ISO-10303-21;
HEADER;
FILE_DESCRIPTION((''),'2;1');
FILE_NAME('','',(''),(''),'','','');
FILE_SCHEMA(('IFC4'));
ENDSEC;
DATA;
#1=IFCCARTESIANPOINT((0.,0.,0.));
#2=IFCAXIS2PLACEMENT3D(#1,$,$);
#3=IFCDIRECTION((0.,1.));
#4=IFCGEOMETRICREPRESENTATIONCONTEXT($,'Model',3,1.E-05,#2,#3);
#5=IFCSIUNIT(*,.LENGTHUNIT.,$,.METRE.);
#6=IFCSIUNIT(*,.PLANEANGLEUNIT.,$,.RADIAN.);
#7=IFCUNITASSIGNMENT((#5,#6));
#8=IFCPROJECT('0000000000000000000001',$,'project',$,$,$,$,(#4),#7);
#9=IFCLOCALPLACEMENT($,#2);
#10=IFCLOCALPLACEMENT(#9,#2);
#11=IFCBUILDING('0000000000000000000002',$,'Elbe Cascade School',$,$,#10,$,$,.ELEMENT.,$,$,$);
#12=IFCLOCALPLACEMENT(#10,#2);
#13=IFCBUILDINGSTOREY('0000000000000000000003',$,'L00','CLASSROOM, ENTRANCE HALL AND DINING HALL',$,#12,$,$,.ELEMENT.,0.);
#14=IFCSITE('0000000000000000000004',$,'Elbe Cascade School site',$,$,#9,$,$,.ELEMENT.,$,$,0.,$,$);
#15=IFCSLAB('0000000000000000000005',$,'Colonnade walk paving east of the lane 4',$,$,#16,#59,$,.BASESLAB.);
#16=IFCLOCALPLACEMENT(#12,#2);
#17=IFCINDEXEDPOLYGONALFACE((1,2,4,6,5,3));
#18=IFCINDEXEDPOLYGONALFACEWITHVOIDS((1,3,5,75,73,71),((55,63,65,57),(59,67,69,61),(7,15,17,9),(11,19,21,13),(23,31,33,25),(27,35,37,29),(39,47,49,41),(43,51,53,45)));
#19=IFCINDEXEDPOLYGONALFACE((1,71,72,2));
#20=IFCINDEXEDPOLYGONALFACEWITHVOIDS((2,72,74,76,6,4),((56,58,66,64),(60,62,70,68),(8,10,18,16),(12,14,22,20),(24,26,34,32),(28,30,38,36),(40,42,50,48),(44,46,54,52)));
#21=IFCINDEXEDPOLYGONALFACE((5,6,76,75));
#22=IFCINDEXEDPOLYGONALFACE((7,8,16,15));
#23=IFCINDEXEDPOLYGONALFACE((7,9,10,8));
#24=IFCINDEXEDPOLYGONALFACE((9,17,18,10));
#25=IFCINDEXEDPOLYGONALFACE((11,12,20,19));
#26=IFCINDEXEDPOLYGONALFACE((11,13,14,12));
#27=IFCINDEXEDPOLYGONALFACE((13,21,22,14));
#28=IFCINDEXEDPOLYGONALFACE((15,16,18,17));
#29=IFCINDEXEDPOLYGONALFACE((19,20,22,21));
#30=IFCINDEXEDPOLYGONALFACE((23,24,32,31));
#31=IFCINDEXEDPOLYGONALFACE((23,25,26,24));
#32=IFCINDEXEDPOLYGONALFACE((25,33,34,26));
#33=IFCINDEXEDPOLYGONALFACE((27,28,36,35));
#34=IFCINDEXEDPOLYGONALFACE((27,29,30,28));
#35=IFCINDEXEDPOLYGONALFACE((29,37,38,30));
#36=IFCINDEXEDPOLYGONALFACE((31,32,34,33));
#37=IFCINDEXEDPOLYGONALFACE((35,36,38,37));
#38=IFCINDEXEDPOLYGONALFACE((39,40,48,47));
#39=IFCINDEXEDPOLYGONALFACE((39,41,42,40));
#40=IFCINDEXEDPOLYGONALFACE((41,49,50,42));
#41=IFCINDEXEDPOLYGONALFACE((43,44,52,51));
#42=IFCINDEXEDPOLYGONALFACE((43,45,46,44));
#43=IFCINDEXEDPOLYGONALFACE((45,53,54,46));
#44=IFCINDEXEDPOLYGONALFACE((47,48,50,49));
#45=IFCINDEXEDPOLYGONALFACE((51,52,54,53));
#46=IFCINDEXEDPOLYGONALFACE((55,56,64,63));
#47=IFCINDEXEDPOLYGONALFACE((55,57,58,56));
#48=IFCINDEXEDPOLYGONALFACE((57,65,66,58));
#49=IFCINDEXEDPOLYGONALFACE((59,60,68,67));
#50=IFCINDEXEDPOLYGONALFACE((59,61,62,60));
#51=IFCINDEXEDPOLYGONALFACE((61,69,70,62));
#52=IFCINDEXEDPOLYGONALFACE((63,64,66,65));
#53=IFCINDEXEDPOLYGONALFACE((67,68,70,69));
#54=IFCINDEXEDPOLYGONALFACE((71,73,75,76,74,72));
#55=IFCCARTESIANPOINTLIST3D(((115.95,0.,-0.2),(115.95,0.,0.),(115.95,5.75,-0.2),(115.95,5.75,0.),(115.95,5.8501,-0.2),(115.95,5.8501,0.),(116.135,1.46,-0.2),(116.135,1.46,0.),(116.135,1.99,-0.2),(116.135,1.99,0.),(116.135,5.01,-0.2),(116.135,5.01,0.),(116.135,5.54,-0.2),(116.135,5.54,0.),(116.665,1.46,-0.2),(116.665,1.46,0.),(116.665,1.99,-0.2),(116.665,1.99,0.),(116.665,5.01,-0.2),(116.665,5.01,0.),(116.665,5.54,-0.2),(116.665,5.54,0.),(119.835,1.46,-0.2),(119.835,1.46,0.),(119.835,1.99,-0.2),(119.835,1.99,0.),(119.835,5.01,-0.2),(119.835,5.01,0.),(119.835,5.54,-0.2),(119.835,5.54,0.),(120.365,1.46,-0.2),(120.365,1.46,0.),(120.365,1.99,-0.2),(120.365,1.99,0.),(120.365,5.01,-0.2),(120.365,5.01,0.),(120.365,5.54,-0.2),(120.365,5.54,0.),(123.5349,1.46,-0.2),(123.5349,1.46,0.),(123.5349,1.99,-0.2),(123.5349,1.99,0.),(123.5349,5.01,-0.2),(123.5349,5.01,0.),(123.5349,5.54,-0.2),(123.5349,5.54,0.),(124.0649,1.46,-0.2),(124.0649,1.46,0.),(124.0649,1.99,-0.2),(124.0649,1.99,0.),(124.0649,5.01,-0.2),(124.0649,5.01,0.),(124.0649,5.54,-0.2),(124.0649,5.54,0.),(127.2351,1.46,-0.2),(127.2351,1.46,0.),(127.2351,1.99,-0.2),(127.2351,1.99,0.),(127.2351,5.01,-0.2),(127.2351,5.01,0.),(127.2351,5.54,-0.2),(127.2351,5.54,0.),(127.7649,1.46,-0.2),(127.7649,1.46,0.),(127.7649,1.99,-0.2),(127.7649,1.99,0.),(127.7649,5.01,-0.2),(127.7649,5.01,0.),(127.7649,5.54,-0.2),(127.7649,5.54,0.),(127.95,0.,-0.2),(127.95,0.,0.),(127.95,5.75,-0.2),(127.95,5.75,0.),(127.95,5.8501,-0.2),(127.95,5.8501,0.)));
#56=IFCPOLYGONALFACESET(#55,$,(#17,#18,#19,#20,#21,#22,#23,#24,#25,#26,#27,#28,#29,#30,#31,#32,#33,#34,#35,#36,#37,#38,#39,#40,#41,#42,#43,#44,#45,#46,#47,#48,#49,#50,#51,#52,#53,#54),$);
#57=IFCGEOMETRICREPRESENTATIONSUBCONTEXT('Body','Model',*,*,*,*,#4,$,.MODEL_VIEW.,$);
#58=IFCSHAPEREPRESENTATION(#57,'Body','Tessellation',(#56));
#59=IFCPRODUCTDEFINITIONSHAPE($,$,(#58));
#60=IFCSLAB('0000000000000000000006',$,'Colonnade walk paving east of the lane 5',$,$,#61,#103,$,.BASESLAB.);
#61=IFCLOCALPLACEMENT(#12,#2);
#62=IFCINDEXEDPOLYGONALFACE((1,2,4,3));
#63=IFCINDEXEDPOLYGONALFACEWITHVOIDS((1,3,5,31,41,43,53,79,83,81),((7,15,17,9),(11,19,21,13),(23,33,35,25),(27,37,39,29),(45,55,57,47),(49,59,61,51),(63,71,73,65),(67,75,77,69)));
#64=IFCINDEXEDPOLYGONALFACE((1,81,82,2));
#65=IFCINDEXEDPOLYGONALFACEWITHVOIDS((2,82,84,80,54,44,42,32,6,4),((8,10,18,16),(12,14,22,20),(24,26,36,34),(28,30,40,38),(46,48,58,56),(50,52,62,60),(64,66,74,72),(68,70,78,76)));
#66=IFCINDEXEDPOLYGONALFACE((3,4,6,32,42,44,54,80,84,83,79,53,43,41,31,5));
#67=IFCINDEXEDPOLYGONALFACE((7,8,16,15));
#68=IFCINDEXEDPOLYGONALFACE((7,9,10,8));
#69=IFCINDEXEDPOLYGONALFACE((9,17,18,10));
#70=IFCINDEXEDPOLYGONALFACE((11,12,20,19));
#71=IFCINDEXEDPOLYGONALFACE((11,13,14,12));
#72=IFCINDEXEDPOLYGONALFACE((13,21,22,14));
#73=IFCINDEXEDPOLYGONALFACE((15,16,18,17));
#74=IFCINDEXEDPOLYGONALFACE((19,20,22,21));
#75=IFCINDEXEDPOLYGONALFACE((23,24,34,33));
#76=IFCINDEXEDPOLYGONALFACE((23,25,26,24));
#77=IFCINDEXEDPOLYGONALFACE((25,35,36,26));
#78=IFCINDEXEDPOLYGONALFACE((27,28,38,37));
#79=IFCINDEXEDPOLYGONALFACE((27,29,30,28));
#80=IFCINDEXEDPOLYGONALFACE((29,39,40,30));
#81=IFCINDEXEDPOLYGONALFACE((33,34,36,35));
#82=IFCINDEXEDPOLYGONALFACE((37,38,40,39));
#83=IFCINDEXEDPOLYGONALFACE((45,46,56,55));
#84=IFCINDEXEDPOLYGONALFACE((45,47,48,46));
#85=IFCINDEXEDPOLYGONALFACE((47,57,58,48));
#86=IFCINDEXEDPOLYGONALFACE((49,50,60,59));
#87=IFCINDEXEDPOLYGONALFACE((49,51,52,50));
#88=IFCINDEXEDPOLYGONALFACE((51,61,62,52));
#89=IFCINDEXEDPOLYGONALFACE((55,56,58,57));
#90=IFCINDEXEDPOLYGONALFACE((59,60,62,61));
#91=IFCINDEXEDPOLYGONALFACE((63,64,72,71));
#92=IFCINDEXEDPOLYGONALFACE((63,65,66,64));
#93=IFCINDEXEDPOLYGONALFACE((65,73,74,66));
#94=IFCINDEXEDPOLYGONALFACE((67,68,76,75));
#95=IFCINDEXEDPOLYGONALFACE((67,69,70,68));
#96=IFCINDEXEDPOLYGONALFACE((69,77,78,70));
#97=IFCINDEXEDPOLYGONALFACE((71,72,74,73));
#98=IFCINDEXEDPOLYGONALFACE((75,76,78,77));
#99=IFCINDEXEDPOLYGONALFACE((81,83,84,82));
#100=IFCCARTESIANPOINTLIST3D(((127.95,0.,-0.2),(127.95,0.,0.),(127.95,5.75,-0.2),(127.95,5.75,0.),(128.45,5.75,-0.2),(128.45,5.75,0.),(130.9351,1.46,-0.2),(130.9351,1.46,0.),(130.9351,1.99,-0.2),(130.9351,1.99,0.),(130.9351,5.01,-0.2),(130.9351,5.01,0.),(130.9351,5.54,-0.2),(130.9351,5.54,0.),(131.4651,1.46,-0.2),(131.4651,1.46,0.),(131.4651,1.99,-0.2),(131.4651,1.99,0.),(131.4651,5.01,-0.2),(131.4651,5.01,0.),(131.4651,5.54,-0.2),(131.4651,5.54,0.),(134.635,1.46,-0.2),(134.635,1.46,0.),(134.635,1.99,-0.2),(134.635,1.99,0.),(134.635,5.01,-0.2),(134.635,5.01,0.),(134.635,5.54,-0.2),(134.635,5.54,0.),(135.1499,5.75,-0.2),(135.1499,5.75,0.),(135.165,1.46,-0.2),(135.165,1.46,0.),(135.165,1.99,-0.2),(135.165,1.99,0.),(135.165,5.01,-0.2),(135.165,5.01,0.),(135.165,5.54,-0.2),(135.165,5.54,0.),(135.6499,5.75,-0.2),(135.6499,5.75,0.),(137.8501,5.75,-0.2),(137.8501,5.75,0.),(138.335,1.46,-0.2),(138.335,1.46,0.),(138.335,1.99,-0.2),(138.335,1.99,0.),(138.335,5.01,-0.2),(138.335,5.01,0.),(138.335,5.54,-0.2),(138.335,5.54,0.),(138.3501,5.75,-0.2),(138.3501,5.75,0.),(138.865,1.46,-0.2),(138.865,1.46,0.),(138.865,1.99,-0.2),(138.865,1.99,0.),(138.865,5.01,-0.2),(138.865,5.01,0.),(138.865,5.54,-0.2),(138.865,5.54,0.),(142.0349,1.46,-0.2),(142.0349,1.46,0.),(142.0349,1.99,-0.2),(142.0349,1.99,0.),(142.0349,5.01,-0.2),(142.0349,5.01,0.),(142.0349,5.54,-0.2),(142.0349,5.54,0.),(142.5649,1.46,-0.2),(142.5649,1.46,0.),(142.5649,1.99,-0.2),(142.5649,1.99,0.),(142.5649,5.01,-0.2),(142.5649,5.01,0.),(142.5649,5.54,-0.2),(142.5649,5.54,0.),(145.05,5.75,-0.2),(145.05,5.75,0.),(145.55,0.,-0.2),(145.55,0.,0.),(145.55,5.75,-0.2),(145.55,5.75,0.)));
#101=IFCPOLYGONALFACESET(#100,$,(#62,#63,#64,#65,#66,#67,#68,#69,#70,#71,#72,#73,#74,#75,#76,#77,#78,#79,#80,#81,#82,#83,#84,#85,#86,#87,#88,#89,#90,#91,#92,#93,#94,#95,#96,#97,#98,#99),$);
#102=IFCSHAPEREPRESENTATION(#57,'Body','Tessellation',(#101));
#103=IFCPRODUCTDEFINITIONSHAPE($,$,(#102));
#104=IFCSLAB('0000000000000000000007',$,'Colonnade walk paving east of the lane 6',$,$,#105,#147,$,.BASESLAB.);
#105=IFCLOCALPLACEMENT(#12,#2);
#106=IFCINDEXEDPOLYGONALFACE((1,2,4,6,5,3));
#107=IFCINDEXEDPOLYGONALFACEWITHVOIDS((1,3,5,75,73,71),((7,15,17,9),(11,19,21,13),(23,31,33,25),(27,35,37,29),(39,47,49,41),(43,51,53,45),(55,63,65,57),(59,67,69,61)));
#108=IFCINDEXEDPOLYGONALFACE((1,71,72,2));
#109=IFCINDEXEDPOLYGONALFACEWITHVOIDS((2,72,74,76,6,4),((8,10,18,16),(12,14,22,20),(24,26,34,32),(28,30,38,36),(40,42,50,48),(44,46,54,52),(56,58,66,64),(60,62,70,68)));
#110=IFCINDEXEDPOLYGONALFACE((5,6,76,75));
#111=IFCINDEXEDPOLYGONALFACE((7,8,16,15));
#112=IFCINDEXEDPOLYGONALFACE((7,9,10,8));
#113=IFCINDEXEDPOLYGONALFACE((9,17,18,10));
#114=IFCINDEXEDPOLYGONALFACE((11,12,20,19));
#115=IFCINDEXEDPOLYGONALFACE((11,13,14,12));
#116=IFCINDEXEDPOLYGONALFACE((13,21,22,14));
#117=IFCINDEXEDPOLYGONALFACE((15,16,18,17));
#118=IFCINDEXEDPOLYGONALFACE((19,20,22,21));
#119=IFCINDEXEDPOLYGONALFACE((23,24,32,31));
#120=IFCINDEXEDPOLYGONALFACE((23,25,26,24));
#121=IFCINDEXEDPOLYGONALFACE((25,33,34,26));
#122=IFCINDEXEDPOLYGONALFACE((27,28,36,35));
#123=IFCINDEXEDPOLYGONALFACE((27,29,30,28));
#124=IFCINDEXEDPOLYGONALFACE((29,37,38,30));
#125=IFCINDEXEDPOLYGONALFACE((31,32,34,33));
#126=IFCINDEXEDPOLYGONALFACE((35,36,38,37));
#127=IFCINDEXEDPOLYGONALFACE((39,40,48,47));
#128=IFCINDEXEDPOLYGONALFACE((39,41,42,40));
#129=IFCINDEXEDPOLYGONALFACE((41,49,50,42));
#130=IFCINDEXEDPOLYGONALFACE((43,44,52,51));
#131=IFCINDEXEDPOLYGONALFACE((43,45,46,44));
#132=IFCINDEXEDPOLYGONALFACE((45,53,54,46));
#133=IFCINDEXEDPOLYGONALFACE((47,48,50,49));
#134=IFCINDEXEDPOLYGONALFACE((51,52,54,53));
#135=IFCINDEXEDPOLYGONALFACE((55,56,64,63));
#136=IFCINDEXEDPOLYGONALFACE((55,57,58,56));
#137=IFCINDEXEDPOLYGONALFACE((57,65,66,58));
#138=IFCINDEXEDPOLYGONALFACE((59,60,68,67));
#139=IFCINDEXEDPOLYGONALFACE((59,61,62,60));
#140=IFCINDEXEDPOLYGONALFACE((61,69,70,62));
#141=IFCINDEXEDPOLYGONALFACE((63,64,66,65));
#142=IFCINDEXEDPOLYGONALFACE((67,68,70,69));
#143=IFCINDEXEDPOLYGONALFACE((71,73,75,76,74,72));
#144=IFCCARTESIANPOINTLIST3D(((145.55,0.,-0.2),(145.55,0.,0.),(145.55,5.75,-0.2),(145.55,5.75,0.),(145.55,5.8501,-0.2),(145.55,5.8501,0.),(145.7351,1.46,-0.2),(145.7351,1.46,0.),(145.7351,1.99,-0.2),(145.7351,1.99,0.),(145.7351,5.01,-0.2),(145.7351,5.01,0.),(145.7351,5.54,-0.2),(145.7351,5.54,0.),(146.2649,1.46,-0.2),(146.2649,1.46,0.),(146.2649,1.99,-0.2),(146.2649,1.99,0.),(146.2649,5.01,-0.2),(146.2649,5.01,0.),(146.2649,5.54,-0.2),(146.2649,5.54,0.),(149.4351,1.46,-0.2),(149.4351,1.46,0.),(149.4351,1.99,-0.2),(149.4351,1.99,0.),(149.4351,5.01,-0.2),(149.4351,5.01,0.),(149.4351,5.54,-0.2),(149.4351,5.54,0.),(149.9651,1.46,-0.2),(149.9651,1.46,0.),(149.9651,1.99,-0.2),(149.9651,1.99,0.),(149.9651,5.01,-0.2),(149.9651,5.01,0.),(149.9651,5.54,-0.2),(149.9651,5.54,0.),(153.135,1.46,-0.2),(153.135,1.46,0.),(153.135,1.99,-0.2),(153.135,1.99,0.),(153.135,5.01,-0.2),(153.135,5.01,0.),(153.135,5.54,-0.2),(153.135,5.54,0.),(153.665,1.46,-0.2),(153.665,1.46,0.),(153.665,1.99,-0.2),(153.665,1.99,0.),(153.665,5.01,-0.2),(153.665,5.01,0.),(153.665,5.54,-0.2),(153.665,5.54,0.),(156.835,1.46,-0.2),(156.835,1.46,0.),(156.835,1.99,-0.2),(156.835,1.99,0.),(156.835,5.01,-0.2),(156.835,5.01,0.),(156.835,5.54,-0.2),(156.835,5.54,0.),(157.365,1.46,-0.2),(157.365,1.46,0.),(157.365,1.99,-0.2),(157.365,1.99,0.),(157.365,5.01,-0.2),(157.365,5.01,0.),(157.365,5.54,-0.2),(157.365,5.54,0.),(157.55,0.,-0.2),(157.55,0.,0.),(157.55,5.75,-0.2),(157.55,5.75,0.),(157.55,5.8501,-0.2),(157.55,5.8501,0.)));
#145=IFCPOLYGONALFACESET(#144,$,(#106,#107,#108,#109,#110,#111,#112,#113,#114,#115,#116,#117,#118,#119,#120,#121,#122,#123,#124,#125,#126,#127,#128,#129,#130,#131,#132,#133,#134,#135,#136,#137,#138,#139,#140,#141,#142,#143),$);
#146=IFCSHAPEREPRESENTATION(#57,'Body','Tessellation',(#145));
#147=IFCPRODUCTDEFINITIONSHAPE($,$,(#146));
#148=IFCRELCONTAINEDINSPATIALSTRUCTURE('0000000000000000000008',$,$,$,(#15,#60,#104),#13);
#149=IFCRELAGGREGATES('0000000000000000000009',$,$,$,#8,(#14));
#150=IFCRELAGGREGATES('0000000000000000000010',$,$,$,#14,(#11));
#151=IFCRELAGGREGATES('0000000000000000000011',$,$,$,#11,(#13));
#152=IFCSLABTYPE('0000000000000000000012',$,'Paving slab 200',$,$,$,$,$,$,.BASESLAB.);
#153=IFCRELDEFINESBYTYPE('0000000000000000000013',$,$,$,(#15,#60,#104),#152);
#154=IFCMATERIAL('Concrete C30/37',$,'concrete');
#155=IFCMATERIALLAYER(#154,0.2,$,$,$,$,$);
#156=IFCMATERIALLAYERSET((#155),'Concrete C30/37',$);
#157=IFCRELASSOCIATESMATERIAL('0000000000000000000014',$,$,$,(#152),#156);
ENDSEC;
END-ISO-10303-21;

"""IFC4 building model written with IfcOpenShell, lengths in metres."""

from ifc_helpers import new_model, si_unit, direction, frame, origin, place, context, subcontext, project, spatial, polyline, outline, extrude, material, layer, layer_set, type_object, element, save


model = new_model("IFC4")

# Units and contexts
model_context = context("Model", 3, precision=1e-05, world=origin(), true_north=direction((0.0, 1.0)))
body_context = subcontext(model_context, "Body", "Model", "MODEL_VIEW")
ifc_project = project(units=[si_unit("LENGTHUNIT", "METRE"), si_unit("PLANEANGLEUNIT", "RADIAN")], contexts=[model_context])

# Site, building, storey
site_placement = place(None, origin())
site = spatial("IfcSite", under=ifc_project, at=site_placement, Name="Elbe Cascade School site", CompositionType="ELEMENT", RefElevation=0.0)
building_placement = place(site_placement, origin())
building = spatial("IfcBuilding", under=site, at=building_placement, Name="Elbe Cascade School", CompositionType="ELEMENT")
storey_placement = place(building_placement, origin())
storey = spatial("IfcBuildingStorey", under=building, at=storey_placement, Name="L00", Description="CLASSROOM, ENTRANCE HALL AND DINING HALL", CompositionType="ELEMENT", Elevation=0.0)

# Slabs
ifc_material_1 = material(Name="Concrete C30/37", Category="concrete")
ifc_layer_1 = layer(ifc_material_1, 0.2)
ifc_layer_set_1 = layer_set([ifc_layer_1], Name="Concrete C30/37")
slab_type_1 = type_object("IfcSlabType", Name="Paving slab 200", PredefinedType="BASESLAB", material=ifc_layer_set_1)
slab_1_placement = place(storey_placement, frame((0.0, 0.0, -0.2)))
element("IfcSlab", 1, at=slab_1_placement, inside=storey, type_object=slab_type_1, Name="Colonnade walk paving east of the lane 4", PredefinedType="BASESLAB", context=body_context, shape_type="SweptSolid", body=[
    extrude(outline(polyline([(115.95, 0.0), (127.95, 0.0), (127.95, 5.75), (127.95, 5.75), (127.95, 5.8501), (115.95, 5.8501), (115.95, 5.75), (115.95, 0.0)]), holes=[polyline([(116.665, 1.99), (116.665, 1.46), (116.135, 1.46), (116.135, 1.99), (116.665, 1.99)]), polyline([(116.665, 5.01), (116.135, 5.01), (116.135, 5.54), (116.665, 5.54), (116.665, 5.01)]), polyline([(119.835, 1.46), (119.835, 1.99), (120.365, 1.99), (120.365, 1.46), (119.835, 1.46)]), polyline([(119.835, 5.54), (120.365, 5.54), (120.365, 5.01), (119.835, 5.01), (119.835, 5.54)]), polyline([(124.0649, 1.99), (124.0649, 1.46), (123.5349, 1.46), (123.5349, 1.99), (124.0649, 1.99)]), polyline([(124.0649, 5.01), (123.5349, 5.01), (123.5349, 5.54), (124.0649, 5.54), (124.0649, 5.01)]), polyline([(127.2351, 1.46), (127.2351, 1.99), (127.7649, 1.99), (127.7649, 1.46), (127.2351, 1.46)]), polyline([(127.2351, 5.54), (127.7649, 5.54), (127.7649, 5.01), (127.2351, 5.01), (127.2351, 5.54)])]), origin(), (0.0, 0.0, 1.0), 0.2),
])
slab_2_placement = place(storey_placement, frame((0.0, 0.0, -0.2)))
element("IfcSlab", 2, at=slab_2_placement, inside=storey, type_object=slab_type_1, Name="Colonnade walk paving east of the lane 5", PredefinedType="BASESLAB", context=body_context, shape_type="SweptSolid", body=[
    extrude(outline(polyline([(127.95, 0.0), (145.55, 0.0), (145.55, 5.75), (145.05, 5.75), (138.3501, 5.75), (137.8501, 5.75), (135.6499, 5.75), (135.1499, 5.75), (128.45, 5.75), (127.95, 5.75), (127.95, 0.0)]), holes=[polyline([(131.4651, 1.99), (131.4651, 1.46), (130.9351, 1.46), (130.9351, 1.99), (131.4651, 1.99)]), polyline([(131.4651, 5.01), (130.9351, 5.01), (130.9351, 5.54), (131.4651, 5.54), (131.4651, 5.01)]), polyline([(134.635, 1.46), (134.635, 1.99), (135.165, 1.99), (135.165, 1.46), (134.635, 1.46)]), polyline([(134.635, 5.54), (135.165, 5.54), (135.165, 5.01), (134.635, 5.01), (134.635, 5.54)]), polyline([(138.865, 1.99), (138.865, 1.46), (138.335, 1.46), (138.335, 1.99), (138.865, 1.99)]), polyline([(138.865, 5.01), (138.335, 5.01), (138.335, 5.54), (138.865, 5.54), (138.865, 5.01)]), polyline([(142.0349, 1.46), (142.0349, 1.99), (142.5649, 1.99), (142.5649, 1.46), (142.0349, 1.46)]), polyline([(142.0349, 5.54), (142.5649, 5.54), (142.5649, 5.01), (142.0349, 5.01), (142.0349, 5.54)])]), origin(), (0.0, 0.0, 1.0), 0.2),
])
slab_3_placement = place(storey_placement, frame((0.0, 0.0, -0.2)))
element("IfcSlab", 3, at=slab_3_placement, inside=storey, type_object=slab_type_1, Name="Colonnade walk paving east of the lane 6", PredefinedType="BASESLAB", context=body_context, shape_type="SweptSolid", body=[
    extrude(outline(polyline([(145.55, 0.0), (157.55, 0.0), (157.55, 5.75), (157.55, 5.8501), (145.55, 5.8501), (145.55, 5.75), (145.55, 0.0)]), holes=[polyline([(146.2649, 1.99), (146.2649, 1.46), (145.7351, 1.46), (145.7351, 1.99), (146.2649, 1.99)]), polyline([(146.2649, 5.01), (145.7351, 5.01), (145.7351, 5.54), (146.2649, 5.54), (146.2649, 5.01)]), polyline([(149.4351, 1.46), (149.4351, 1.99), (149.9651, 1.99), (149.9651, 1.46), (149.4351, 1.46)]), polyline([(149.4351, 5.54), (149.9651, 5.54), (149.9651, 5.01), (149.4351, 5.01), (149.4351, 5.54)]), polyline([(153.665, 1.99), (153.665, 1.46), (153.135, 1.46), (153.135, 1.99), (153.665, 1.99)]), polyline([(153.665, 5.01), (153.135, 5.01), (153.135, 5.54), (153.665, 5.54), (153.665, 5.01)]), polyline([(156.835, 1.46), (156.835, 1.99), (157.365, 1.99), (157.365, 1.46), (156.835, 1.46)]), polyline([(156.835, 5.54), (157.365, 5.54), (157.365, 5.01), (156.835, 5.01), (156.835, 5.54)])]), origin(), (0.0, 0.0, 1.0), 0.2),
])

save(model, "model.ifc")
